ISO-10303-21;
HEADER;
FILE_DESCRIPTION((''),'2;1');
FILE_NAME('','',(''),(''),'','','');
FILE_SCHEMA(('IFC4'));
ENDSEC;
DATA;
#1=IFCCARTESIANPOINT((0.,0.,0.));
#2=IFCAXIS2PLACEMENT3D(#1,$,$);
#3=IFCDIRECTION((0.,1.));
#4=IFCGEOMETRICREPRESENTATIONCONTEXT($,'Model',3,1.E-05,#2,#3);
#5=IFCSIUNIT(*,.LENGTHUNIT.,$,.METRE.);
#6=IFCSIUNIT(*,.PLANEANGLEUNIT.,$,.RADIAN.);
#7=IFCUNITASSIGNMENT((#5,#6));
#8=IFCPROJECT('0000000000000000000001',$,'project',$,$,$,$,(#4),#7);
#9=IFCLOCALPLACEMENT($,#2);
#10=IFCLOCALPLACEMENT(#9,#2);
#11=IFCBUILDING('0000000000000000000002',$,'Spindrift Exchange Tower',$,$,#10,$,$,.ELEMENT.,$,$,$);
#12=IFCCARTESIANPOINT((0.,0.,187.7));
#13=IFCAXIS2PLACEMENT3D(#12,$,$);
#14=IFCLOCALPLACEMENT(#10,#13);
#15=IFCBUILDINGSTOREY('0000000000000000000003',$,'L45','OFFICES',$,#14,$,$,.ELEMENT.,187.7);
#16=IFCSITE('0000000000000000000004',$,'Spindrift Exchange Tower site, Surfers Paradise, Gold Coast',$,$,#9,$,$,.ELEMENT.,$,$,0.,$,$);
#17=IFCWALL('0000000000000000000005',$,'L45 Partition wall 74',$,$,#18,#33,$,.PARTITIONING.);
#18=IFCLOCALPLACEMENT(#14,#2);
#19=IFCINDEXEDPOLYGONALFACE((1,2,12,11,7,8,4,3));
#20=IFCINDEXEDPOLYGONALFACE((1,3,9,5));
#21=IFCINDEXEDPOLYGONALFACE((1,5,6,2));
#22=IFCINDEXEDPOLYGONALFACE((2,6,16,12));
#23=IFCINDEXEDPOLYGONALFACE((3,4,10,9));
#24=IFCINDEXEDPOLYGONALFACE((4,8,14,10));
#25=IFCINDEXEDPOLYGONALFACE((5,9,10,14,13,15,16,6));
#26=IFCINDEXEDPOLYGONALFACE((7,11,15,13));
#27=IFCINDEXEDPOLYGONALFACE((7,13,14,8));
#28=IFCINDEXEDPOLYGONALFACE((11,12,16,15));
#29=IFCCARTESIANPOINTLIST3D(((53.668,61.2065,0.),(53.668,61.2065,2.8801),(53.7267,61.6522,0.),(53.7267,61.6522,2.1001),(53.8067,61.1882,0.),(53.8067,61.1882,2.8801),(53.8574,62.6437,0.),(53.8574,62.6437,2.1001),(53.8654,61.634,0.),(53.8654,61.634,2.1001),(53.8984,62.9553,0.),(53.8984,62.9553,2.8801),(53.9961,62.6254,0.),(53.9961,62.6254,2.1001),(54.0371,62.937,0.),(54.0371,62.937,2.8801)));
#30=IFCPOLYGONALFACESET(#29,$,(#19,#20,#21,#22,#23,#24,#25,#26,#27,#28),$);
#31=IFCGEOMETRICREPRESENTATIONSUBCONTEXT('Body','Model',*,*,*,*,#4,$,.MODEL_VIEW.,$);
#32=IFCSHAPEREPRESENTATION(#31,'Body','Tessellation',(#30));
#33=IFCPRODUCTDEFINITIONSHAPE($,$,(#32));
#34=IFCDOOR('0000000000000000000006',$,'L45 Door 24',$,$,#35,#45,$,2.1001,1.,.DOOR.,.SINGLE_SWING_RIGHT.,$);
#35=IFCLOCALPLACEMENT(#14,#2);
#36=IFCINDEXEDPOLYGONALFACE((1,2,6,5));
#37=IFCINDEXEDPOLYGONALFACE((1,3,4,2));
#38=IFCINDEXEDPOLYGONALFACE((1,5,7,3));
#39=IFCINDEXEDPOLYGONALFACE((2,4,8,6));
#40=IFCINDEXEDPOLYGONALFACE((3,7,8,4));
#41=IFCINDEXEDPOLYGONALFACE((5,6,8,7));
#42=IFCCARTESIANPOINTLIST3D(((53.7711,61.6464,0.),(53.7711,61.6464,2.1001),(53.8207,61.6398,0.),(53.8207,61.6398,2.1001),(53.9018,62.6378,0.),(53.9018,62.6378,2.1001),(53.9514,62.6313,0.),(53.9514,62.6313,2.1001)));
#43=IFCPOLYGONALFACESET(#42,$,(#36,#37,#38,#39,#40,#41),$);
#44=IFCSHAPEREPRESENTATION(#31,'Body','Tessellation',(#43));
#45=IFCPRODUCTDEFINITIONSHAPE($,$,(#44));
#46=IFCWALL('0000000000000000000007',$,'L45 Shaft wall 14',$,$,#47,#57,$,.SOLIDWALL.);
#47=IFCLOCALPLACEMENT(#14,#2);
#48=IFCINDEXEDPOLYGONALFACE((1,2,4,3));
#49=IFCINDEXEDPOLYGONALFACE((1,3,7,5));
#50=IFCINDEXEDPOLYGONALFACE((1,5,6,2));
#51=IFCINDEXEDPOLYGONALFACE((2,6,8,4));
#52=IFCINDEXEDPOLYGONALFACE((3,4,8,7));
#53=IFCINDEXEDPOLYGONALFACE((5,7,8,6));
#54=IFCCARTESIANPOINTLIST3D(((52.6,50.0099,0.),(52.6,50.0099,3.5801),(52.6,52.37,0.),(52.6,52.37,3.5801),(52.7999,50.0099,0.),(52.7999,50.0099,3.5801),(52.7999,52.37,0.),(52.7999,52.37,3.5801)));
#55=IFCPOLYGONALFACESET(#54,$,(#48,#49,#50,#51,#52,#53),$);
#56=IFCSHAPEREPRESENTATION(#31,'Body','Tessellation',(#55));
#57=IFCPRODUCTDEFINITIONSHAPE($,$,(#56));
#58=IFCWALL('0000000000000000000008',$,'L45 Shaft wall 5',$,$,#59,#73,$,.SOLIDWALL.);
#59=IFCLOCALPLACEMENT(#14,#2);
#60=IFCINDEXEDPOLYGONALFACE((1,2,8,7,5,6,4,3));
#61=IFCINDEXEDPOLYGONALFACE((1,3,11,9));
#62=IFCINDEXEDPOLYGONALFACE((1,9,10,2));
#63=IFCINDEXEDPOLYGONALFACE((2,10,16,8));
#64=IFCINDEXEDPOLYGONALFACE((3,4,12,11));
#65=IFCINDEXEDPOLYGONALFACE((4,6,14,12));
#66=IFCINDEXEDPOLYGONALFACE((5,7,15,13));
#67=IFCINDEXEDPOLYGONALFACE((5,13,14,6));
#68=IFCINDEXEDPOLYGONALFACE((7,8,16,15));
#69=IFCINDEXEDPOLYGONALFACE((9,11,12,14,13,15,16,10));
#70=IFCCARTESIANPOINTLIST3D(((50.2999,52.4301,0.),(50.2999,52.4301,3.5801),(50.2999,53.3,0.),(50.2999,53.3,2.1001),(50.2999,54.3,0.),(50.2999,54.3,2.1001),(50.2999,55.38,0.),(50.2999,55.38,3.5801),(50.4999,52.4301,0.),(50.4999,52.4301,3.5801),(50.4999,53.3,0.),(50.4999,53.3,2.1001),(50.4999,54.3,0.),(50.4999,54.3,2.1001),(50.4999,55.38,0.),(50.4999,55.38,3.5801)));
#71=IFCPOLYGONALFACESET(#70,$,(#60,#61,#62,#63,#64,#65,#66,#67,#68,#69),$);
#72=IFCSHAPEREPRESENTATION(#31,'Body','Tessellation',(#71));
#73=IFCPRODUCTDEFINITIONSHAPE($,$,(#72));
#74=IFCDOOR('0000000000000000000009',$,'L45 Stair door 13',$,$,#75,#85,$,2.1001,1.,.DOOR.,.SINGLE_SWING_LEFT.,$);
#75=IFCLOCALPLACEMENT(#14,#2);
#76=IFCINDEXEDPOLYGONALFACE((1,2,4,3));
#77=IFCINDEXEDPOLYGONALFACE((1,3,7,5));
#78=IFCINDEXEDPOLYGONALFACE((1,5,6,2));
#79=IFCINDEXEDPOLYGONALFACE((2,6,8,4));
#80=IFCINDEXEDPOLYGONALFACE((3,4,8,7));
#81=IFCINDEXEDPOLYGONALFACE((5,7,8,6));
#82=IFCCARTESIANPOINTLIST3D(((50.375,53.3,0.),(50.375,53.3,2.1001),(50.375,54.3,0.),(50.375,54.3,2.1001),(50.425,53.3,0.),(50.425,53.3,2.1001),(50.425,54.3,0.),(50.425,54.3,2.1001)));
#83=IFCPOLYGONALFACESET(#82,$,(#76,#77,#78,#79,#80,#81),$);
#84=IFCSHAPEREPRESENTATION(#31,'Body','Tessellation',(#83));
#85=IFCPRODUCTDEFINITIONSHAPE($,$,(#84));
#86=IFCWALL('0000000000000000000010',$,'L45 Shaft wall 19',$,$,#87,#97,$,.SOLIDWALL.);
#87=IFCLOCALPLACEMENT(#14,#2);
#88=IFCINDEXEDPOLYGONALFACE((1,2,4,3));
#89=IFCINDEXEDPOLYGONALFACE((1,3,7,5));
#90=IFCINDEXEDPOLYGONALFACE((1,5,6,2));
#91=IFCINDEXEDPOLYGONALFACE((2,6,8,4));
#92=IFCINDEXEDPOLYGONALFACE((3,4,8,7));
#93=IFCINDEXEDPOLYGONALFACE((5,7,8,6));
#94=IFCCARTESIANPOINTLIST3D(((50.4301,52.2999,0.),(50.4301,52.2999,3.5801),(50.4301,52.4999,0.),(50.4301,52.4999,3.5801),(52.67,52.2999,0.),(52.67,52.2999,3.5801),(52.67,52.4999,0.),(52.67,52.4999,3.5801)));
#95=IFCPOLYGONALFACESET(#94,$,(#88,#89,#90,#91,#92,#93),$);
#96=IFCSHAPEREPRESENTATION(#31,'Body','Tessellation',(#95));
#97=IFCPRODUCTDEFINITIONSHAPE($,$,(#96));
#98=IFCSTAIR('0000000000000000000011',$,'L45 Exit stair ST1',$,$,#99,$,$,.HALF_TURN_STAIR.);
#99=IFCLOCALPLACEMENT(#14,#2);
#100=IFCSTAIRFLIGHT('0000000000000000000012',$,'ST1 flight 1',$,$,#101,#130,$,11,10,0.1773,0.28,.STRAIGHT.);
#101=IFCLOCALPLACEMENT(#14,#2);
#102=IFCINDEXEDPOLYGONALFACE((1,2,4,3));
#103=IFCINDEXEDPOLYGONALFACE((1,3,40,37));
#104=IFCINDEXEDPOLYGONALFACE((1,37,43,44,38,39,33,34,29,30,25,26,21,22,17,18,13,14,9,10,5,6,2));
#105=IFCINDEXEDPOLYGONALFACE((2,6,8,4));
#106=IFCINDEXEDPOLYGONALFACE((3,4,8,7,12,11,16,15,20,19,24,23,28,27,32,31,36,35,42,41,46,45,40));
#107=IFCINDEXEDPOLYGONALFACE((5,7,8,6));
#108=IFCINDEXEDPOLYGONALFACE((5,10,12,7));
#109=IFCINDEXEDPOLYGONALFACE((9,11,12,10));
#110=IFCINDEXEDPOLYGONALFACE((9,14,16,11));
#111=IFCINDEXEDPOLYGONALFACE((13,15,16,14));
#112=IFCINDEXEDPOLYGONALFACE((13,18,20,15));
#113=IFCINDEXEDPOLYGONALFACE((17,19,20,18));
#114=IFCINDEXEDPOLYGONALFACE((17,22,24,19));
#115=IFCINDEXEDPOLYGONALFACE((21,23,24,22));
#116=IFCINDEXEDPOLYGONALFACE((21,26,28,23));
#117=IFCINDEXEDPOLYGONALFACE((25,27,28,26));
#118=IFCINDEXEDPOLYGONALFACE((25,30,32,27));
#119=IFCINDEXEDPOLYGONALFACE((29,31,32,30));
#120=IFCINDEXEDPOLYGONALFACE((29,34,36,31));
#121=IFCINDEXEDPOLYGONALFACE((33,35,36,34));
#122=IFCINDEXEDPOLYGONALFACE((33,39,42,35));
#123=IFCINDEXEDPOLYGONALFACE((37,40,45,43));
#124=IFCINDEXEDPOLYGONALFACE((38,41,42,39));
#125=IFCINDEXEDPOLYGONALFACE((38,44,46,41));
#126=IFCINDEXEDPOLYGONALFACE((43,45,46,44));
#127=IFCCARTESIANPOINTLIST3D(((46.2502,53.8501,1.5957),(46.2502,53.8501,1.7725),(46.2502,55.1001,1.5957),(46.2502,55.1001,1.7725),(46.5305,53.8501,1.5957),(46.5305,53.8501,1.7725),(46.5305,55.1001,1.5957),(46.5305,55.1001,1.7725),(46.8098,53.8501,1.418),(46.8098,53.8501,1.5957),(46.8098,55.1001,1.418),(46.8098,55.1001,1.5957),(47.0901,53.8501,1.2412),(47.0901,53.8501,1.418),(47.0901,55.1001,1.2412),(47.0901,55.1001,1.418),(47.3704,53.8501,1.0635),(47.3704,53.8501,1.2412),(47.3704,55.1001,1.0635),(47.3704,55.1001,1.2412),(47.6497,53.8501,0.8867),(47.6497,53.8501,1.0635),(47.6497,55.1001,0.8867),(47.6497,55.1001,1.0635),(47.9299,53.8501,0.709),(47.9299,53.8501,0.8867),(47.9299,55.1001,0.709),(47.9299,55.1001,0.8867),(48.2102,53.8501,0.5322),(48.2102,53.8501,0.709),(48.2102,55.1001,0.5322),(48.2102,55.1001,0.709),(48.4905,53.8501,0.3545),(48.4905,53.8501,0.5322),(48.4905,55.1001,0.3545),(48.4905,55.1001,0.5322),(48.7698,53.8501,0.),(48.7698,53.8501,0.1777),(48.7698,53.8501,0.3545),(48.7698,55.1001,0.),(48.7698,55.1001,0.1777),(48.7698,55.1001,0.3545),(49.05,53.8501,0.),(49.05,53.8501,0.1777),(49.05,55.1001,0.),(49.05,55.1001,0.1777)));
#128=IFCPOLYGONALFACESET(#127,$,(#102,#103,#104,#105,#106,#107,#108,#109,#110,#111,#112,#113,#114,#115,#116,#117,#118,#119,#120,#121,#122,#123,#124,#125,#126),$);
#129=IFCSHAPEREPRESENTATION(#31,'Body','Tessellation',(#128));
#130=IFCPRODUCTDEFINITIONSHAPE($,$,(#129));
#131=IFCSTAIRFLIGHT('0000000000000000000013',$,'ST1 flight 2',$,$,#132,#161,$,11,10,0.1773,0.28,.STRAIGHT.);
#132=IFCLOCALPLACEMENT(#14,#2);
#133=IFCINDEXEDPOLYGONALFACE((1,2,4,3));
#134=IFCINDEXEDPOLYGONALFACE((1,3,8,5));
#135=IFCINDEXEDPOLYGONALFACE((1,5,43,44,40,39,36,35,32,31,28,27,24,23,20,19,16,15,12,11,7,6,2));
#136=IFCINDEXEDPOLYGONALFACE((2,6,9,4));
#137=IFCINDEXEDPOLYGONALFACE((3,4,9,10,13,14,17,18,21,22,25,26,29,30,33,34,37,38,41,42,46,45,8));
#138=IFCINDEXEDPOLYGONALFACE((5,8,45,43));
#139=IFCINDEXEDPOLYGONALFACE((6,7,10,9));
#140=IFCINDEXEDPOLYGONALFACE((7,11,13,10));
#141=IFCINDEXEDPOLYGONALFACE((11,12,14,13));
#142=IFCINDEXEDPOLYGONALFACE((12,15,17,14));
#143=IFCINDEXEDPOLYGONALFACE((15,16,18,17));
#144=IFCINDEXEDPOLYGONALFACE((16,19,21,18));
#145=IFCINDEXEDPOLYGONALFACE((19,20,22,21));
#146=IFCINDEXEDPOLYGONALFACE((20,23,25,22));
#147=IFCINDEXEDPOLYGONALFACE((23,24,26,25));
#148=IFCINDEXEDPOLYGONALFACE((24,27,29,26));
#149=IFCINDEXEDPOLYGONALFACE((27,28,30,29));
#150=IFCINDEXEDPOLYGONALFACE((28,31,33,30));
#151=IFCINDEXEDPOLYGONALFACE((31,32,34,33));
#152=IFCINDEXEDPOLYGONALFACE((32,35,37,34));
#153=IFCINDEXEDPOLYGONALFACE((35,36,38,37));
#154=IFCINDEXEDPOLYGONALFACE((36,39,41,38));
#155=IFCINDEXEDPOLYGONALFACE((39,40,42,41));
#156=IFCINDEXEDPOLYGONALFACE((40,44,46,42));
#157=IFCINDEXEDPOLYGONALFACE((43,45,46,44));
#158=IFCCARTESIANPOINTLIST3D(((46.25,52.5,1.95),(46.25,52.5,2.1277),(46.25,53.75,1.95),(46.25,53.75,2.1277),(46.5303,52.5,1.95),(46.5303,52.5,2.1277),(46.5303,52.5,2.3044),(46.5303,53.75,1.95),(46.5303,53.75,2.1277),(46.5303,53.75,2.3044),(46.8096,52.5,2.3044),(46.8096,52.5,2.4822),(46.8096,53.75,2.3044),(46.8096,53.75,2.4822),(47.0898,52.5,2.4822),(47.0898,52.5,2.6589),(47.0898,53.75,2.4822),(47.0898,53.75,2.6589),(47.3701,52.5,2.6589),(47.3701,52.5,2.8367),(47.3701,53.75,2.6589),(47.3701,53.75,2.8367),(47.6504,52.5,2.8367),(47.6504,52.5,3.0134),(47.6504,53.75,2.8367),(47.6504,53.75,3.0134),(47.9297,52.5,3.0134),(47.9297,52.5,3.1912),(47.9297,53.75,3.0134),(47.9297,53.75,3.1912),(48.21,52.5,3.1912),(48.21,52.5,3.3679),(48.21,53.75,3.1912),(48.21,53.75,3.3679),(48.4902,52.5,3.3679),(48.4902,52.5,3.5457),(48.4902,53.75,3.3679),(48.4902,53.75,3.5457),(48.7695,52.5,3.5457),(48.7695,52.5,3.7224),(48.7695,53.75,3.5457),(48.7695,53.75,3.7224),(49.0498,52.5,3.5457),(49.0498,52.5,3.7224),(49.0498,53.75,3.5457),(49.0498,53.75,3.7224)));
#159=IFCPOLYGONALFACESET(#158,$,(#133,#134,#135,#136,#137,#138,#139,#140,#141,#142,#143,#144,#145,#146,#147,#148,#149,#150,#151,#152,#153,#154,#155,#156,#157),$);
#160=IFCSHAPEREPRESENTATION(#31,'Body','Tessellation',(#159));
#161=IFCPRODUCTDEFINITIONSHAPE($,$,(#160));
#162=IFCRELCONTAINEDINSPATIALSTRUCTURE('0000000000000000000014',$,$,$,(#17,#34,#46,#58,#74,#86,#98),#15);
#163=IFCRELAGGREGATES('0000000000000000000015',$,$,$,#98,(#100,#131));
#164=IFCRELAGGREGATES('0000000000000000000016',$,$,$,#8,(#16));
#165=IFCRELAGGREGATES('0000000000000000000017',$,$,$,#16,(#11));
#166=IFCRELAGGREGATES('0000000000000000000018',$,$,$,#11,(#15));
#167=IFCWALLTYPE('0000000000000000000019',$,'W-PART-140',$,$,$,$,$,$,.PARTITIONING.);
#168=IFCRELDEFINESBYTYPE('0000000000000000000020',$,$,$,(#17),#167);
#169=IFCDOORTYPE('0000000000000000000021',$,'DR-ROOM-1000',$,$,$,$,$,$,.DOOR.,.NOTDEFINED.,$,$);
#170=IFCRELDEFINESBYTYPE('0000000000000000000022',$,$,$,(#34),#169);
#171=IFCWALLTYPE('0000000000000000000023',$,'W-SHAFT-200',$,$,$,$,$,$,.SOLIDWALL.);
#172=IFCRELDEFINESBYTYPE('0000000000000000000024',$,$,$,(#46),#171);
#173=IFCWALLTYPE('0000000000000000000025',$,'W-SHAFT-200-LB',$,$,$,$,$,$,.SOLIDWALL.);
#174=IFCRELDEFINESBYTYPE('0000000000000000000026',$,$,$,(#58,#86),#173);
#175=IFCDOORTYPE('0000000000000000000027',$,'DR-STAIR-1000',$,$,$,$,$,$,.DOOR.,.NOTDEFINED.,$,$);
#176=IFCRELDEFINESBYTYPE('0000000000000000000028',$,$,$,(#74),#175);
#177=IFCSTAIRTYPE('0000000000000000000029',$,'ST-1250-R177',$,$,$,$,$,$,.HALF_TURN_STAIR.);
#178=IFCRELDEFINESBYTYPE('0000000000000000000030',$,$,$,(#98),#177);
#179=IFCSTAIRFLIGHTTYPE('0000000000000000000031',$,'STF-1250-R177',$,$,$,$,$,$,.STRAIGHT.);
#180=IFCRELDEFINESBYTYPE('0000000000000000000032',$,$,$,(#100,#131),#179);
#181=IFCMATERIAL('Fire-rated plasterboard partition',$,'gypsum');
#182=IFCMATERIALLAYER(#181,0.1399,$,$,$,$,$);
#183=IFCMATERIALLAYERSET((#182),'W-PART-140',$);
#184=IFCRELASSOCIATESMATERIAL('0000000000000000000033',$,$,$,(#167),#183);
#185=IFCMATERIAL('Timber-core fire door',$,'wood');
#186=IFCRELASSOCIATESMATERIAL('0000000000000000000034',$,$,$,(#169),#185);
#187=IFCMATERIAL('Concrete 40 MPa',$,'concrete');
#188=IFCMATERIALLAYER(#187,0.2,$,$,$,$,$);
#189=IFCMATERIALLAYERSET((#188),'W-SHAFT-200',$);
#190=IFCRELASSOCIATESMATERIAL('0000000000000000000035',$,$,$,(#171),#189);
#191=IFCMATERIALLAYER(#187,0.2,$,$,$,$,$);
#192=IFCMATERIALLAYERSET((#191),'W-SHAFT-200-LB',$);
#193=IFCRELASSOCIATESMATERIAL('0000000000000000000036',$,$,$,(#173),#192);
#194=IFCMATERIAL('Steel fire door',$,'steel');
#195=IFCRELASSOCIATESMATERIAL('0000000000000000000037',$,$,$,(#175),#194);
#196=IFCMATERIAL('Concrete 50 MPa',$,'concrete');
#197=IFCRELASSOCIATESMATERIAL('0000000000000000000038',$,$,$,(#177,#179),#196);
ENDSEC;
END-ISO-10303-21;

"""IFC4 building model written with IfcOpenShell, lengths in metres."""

from ifc_helpers import new_model, si_unit, direction, frame, frame_2d, origin, place, context, subcontext, project, spatial, line, indexed_curve, rectangle, outline, extrude, source, transform, mapped, material, layer, layer_set, type_object, element, fill, aggregate, save


model = new_model("IFC4")

# Units and contexts
model_context = context("Model", 3, precision=1e-05, world=origin(), true_north=direction((0.0, 1.0)))
body_context = subcontext(model_context, "Body", "Model", "MODEL_VIEW")
ifc_project = project(units=[si_unit("LENGTHUNIT", "METRE"), si_unit("PLANEANGLEUNIT", "RADIAN")], contexts=[model_context])

# Site, building, storey
site_placement = place(None, origin())
site = spatial("IfcSite", under=ifc_project, at=site_placement, Name="Spindrift Exchange Tower site, Surfers Paradise, Gold Coast", CompositionType="ELEMENT", RefElevation=0.0)
building_placement = place(site_placement, origin())
building = spatial("IfcBuilding", under=site, at=building_placement, Name="Spindrift Exchange Tower", CompositionType="ELEMENT")
storey_placement = place(building_placement, frame((0.0, 0.0, 187.7)))
storey = spatial("IfcBuildingStorey", under=building, at=storey_placement, Name="L45", Description="OFFICES", CompositionType="ELEMENT", Elevation=187.7)

# Shared definitions
ifc_material_1 = material(Name="Fire-rated plasterboard partition", Category="gypsum")
ifc_layer_1 = layer(ifc_material_1, 0.1399)
ifc_layer_set_1 = layer_set([ifc_layer_1], Name="W-PART-140")
wall_type_1 = type_object("IfcWallType", Name="W-PART-140", PredefinedType="PARTITIONING", material=ifc_layer_set_1)

# Wall, opening, door
wall_1_placement = place(storey_placement, frame((53.9678, 62.946, 0.0), z_axis=(0.0, 0.0, 1.0), x_axis=(-0.130659, -0.991427, 0.0)))
wall_1 = element("IfcWall", 1, at=wall_1_placement, inside=storey, type_object=wall_type_1, Name="L45 Partition wall 74", PredefinedType="PARTITIONING", context=body_context, shape_type="SweptSolid", body=[
    extrude(rectangle(XDim=1.7639, YDim=0.1399, at=frame_2d((0.8818, 0.0))), origin(), (0.0, 0.0, 1.0), 2.8801),
])
opening_1_placement = place(wall_1_placement, frame((0.3142, 0.0, 0.0)))
opening_1 = element("IfcOpeningElement", 2, at=opening_1_placement, cuts=wall_1, PredefinedType="OPENING", context=body_context, shape_type="SweptSolid", body=[
    extrude(rectangle(XDim=1.0, YDim=2.1001, at=frame_2d((0.5, 1.05))), frame((0.0, 0.0798, 0.0), z_axis=(0.0, -1.0, 0.0), x_axis=(1.0, 0.0, 0.0)), (0.0, 0.0, 1.0), 0.1599),
])
ifc_material_2 = material(Name="Timber-core fire door", Category="wood")
door_type_1 = type_object("IfcDoorType", Name="DR-ROOM-1000", OperationType="NOTDEFINED", PredefinedType="DOOR", material=ifc_material_2)
shared_shape_1 = source(origin(), body_context, "Body", "SweptSolid", [
    extrude(rectangle(XDim=1.0, YDim=2.1001, at=frame_2d((0.5, 1.05))), frame((0.0, 0.0249, 0.0), z_axis=(0.0, -1.0, 0.0), x_axis=(1.0, 0.0, 0.0)), (0.0, 0.0, 1.0), 0.05),
])
door_1_placement = place(opening_1_placement, origin())
door_1 = element("IfcDoor", 3, at=door_1_placement, inside=storey, type_object=door_type_1, Name="L45 Door 24", OperationType="SINGLE_SWING_RIGHT", OverallHeight=2.1001, OverallWidth=1.0, PredefinedType="DOOR", context=body_context, shape_type="MappedRepresentation", body=[
    mapped(shared_shape_1, transform((0.0, 0.0, 0.0), scale=1.0)),
])
fill(opening_1, door_1)

# Wall
ifc_material_3 = material(Name="Concrete 40 MPa", Category="concrete")
ifc_layer_2 = layer(ifc_material_3, 0.2)
ifc_layer_set_2 = layer_set([ifc_layer_2], Name="W-SHAFT-200")
wall_type_2 = type_object("IfcWallType", Name="W-SHAFT-200", PredefinedType="SOLIDWALL", material=ifc_layer_set_2)
wall_2_placement = place(storey_placement, frame((52.7, 52.3701, 0.0), z_axis=(0.0, 0.0, 1.0), x_axis=(0.0, -1.0, 0.0)))
element("IfcWall", 4, at=wall_2_placement, inside=storey, type_object=wall_type_2, Name="L45 Shaft wall 14", PredefinedType="SOLIDWALL", context=body_context, shape_type="SweptSolid", body=[
    extrude(rectangle(XDim=2.3601, YDim=0.2, at=frame_2d((1.1802, 0.0))), origin(), (0.0, 0.0, 1.0), 3.5801),
])

# Wall, opening, door
ifc_layer_3 = layer(ifc_material_3, 0.2)
ifc_layer_set_3 = layer_set([ifc_layer_3], Name="W-SHAFT-200-LB")
wall_type_3 = type_object("IfcWallType", Name="W-SHAFT-200-LB", PredefinedType="SOLIDWALL", material=ifc_layer_set_3)
wall_3_placement = place(storey_placement, frame((50.3999, 52.4299, 0.0), z_axis=(0.0, 0.0, 1.0), x_axis=(0.0, 1.0, 0.0)))
wall_3 = element("IfcWall", 5, at=wall_3_placement, inside=storey, type_object=wall_type_3, Name="L45 Shaft wall 5", PredefinedType="SOLIDWALL", context=body_context, shape_type="SweptSolid", body=[
    extrude(rectangle(XDim=2.95, YDim=0.2, at=frame_2d((1.4751, 0.0))), origin(), (0.0, 0.0, 1.0), 3.5801),
])
opening_2_placement = place(wall_3_placement, frame((0.8701, 0.0, 0.0)))
opening_2 = element("IfcOpeningElement", 6, at=opening_2_placement, cuts=wall_3, PredefinedType="OPENING", context=body_context, shape_type="SweptSolid", body=[
    extrude(rectangle(XDim=1.0, YDim=2.1001, at=frame_2d((0.5, 1.05))), frame((0.0, 0.1099, 0.0), z_axis=(0.0, -1.0, 0.0), x_axis=(1.0, 0.0, 0.0)), (0.0, 0.0, 1.0), 0.22),
])
ifc_material_4 = material(Name="Steel fire door", Category="steel")
door_type_2 = type_object("IfcDoorType", Name="DR-STAIR-1000", OperationType="NOTDEFINED", PredefinedType="DOOR", material=ifc_material_4)
shared_shape_2 = source(origin(), body_context, "Body", "SweptSolid", [
    extrude(rectangle(XDim=1.0, YDim=2.1001, at=frame_2d((0.5, 1.05))), frame((0.0, 0.0249, 0.0), z_axis=(0.0, -1.0, 0.0), x_axis=(1.0, 0.0, 0.0)), (0.0, 0.0, 1.0), 0.05),
])
door_2_placement = place(opening_2_placement, origin())
door_2 = element("IfcDoor", 7, at=door_2_placement, inside=storey, type_object=door_type_2, Name="L45 Stair door 13", OperationType="SINGLE_SWING_LEFT", OverallHeight=2.1001, OverallWidth=1.0, PredefinedType="DOOR", context=body_context, shape_type="MappedRepresentation", body=[
    mapped(shared_shape_2, transform((0.0, 0.0, 0.0), scale=1.0)),
])
fill(opening_2, door_2)

# Wall
wall_4_placement = place(storey_placement, frame((50.4299, 52.3999, 0.0), z_axis=(0.0, 0.0, 1.0), x_axis=(1.0, 0.0, 0.0)))
element("IfcWall", 8, at=wall_4_placement, inside=storey, type_object=wall_type_3, Name="L45 Shaft wall 19", PredefinedType="SOLIDWALL", context=body_context, shape_type="SweptSolid", body=[
    extrude(rectangle(XDim=2.24, YDim=0.2, at=frame_2d((1.1201, 0.0))), origin(), (0.0, 0.0, 1.0), 3.5801),
])

# Stair, stair flights
ifc_material_5 = material(Name="Concrete 50 MPa", Category="concrete")
stair_type = type_object("IfcStairType", Name="ST-1250-R177", PredefinedType="HALF_TURN_STAIR", material=ifc_material_5)
stair_placement = place(storey_placement, origin())
stair = element("IfcStair", 9, at=stair_placement, inside=storey, type_object=stair_type, Name="L45 Exit stair ST1", PredefinedType="HALF_TURN_STAIR")
stair_flight_type = type_object("IfcStairFlightType", Name="STF-1250-R177", PredefinedType="STRAIGHT", material=ifc_material_5)
stair_flight_1_placement = place(storey_placement, frame((49.05, 54.4751, 0.0), z_axis=(0.0, 0.0, 1.0), x_axis=(-1.0, 0.0, 0.0)))
stair_flight_1 = element("IfcStairFlight", 10, at=stair_flight_1_placement, type_object=stair_flight_type, Name="ST1 flight 1", NumberOfRisers=11, NumberOfTreads=10, PredefinedType="STRAIGHT", RiserHeight=0.1773, TreadLength=0.28, context=body_context, shape_type="SweptSolid", body=[
    extrude(outline(indexed_curve([(0.0, 0.0), (0.0, 0.1777), (0.2803, 0.1777), (0.2803, 0.3545), (0.5596, 0.3545), (0.5596, 0.5322), (0.8398, 0.5322), (0.8398, 0.709), (1.1201, 0.709), (1.1201, 0.8867), (1.4004, 0.8867), (1.4004, 1.0635), (1.6797, 1.0635), (1.6797, 1.2412), (1.96, 1.2412), (1.96, 1.418), (2.2402, 1.418), (2.2402, 1.5957), (2.5195, 1.5957), (2.5195, 1.7725), (2.7998, 1.7725), (2.7998, 1.9502), (2.7998, 1.5957), (0.2803, 0.0)], segments=[line(1, 2, 3, 4, 5, 6, 7, 8, 9, 10, 11, 12, 13, 14, 15, 16, 17, 18, 19, 20, 21, 22, 23, 24, 1)], self_intersect=False)), frame((0.0, 0.625, 0.0), z_axis=(0.0, -1.0, 0.0), x_axis=(1.0, 0.0, 0.0)), (0.0, 0.0, 1.0), 1.25),
])
stair_flight_2_placement = place(storey_placement, frame((46.25, 53.125, 1.95), z_axis=(0.0, 0.0, 1.0), x_axis=(1.0, 0.0, 0.0)))
stair_flight_2 = element("IfcStairFlight", 11, at=stair_flight_2_placement, type_object=stair_flight_type, Name="ST1 flight 2", NumberOfRisers=11, NumberOfTreads=10, PredefinedType="STRAIGHT", RiserHeight=0.1773, TreadLength=0.28, context=body_context, shape_type="SweptSolid", body=[
    extrude(outline(indexed_curve([(0.0, 0.0), (0.0, 0.1777), (0.2803, 0.1777), (0.2803, 0.3545), (0.5596, 0.3545), (0.5596, 0.5322), (0.8398, 0.5322), (0.8398, 0.709), (1.1201, 0.709), (1.1201, 0.8867), (1.4004, 0.8867), (1.4004, 1.0635), (1.6797, 1.0635), (1.6797, 1.2412), (1.96, 1.2412), (1.96, 1.418), (2.2402, 1.418), (2.2402, 1.5957), (2.5195, 1.5957), (2.5195, 1.7725), (2.7998, 1.7725), (2.7998, 1.9502), (2.7998, 1.5957), (0.2803, 0.0)], segments=[line(1, 2, 3, 4, 5, 6, 7, 8, 9, 10, 11, 12, 13, 14, 15, 16, 17, 18, 19, 20, 21, 22, 23, 24, 1)], self_intersect=False)), frame((0.0, 0.625, 0.0), z_axis=(0.0, -1.0, 0.0), x_axis=(1.0, 0.0, 0.0)), (0.0, 0.0, 1.0), 1.25),
])
aggregate(stair, [stair_flight_1, stair_flight_2])

save(model, "model.ifc")
